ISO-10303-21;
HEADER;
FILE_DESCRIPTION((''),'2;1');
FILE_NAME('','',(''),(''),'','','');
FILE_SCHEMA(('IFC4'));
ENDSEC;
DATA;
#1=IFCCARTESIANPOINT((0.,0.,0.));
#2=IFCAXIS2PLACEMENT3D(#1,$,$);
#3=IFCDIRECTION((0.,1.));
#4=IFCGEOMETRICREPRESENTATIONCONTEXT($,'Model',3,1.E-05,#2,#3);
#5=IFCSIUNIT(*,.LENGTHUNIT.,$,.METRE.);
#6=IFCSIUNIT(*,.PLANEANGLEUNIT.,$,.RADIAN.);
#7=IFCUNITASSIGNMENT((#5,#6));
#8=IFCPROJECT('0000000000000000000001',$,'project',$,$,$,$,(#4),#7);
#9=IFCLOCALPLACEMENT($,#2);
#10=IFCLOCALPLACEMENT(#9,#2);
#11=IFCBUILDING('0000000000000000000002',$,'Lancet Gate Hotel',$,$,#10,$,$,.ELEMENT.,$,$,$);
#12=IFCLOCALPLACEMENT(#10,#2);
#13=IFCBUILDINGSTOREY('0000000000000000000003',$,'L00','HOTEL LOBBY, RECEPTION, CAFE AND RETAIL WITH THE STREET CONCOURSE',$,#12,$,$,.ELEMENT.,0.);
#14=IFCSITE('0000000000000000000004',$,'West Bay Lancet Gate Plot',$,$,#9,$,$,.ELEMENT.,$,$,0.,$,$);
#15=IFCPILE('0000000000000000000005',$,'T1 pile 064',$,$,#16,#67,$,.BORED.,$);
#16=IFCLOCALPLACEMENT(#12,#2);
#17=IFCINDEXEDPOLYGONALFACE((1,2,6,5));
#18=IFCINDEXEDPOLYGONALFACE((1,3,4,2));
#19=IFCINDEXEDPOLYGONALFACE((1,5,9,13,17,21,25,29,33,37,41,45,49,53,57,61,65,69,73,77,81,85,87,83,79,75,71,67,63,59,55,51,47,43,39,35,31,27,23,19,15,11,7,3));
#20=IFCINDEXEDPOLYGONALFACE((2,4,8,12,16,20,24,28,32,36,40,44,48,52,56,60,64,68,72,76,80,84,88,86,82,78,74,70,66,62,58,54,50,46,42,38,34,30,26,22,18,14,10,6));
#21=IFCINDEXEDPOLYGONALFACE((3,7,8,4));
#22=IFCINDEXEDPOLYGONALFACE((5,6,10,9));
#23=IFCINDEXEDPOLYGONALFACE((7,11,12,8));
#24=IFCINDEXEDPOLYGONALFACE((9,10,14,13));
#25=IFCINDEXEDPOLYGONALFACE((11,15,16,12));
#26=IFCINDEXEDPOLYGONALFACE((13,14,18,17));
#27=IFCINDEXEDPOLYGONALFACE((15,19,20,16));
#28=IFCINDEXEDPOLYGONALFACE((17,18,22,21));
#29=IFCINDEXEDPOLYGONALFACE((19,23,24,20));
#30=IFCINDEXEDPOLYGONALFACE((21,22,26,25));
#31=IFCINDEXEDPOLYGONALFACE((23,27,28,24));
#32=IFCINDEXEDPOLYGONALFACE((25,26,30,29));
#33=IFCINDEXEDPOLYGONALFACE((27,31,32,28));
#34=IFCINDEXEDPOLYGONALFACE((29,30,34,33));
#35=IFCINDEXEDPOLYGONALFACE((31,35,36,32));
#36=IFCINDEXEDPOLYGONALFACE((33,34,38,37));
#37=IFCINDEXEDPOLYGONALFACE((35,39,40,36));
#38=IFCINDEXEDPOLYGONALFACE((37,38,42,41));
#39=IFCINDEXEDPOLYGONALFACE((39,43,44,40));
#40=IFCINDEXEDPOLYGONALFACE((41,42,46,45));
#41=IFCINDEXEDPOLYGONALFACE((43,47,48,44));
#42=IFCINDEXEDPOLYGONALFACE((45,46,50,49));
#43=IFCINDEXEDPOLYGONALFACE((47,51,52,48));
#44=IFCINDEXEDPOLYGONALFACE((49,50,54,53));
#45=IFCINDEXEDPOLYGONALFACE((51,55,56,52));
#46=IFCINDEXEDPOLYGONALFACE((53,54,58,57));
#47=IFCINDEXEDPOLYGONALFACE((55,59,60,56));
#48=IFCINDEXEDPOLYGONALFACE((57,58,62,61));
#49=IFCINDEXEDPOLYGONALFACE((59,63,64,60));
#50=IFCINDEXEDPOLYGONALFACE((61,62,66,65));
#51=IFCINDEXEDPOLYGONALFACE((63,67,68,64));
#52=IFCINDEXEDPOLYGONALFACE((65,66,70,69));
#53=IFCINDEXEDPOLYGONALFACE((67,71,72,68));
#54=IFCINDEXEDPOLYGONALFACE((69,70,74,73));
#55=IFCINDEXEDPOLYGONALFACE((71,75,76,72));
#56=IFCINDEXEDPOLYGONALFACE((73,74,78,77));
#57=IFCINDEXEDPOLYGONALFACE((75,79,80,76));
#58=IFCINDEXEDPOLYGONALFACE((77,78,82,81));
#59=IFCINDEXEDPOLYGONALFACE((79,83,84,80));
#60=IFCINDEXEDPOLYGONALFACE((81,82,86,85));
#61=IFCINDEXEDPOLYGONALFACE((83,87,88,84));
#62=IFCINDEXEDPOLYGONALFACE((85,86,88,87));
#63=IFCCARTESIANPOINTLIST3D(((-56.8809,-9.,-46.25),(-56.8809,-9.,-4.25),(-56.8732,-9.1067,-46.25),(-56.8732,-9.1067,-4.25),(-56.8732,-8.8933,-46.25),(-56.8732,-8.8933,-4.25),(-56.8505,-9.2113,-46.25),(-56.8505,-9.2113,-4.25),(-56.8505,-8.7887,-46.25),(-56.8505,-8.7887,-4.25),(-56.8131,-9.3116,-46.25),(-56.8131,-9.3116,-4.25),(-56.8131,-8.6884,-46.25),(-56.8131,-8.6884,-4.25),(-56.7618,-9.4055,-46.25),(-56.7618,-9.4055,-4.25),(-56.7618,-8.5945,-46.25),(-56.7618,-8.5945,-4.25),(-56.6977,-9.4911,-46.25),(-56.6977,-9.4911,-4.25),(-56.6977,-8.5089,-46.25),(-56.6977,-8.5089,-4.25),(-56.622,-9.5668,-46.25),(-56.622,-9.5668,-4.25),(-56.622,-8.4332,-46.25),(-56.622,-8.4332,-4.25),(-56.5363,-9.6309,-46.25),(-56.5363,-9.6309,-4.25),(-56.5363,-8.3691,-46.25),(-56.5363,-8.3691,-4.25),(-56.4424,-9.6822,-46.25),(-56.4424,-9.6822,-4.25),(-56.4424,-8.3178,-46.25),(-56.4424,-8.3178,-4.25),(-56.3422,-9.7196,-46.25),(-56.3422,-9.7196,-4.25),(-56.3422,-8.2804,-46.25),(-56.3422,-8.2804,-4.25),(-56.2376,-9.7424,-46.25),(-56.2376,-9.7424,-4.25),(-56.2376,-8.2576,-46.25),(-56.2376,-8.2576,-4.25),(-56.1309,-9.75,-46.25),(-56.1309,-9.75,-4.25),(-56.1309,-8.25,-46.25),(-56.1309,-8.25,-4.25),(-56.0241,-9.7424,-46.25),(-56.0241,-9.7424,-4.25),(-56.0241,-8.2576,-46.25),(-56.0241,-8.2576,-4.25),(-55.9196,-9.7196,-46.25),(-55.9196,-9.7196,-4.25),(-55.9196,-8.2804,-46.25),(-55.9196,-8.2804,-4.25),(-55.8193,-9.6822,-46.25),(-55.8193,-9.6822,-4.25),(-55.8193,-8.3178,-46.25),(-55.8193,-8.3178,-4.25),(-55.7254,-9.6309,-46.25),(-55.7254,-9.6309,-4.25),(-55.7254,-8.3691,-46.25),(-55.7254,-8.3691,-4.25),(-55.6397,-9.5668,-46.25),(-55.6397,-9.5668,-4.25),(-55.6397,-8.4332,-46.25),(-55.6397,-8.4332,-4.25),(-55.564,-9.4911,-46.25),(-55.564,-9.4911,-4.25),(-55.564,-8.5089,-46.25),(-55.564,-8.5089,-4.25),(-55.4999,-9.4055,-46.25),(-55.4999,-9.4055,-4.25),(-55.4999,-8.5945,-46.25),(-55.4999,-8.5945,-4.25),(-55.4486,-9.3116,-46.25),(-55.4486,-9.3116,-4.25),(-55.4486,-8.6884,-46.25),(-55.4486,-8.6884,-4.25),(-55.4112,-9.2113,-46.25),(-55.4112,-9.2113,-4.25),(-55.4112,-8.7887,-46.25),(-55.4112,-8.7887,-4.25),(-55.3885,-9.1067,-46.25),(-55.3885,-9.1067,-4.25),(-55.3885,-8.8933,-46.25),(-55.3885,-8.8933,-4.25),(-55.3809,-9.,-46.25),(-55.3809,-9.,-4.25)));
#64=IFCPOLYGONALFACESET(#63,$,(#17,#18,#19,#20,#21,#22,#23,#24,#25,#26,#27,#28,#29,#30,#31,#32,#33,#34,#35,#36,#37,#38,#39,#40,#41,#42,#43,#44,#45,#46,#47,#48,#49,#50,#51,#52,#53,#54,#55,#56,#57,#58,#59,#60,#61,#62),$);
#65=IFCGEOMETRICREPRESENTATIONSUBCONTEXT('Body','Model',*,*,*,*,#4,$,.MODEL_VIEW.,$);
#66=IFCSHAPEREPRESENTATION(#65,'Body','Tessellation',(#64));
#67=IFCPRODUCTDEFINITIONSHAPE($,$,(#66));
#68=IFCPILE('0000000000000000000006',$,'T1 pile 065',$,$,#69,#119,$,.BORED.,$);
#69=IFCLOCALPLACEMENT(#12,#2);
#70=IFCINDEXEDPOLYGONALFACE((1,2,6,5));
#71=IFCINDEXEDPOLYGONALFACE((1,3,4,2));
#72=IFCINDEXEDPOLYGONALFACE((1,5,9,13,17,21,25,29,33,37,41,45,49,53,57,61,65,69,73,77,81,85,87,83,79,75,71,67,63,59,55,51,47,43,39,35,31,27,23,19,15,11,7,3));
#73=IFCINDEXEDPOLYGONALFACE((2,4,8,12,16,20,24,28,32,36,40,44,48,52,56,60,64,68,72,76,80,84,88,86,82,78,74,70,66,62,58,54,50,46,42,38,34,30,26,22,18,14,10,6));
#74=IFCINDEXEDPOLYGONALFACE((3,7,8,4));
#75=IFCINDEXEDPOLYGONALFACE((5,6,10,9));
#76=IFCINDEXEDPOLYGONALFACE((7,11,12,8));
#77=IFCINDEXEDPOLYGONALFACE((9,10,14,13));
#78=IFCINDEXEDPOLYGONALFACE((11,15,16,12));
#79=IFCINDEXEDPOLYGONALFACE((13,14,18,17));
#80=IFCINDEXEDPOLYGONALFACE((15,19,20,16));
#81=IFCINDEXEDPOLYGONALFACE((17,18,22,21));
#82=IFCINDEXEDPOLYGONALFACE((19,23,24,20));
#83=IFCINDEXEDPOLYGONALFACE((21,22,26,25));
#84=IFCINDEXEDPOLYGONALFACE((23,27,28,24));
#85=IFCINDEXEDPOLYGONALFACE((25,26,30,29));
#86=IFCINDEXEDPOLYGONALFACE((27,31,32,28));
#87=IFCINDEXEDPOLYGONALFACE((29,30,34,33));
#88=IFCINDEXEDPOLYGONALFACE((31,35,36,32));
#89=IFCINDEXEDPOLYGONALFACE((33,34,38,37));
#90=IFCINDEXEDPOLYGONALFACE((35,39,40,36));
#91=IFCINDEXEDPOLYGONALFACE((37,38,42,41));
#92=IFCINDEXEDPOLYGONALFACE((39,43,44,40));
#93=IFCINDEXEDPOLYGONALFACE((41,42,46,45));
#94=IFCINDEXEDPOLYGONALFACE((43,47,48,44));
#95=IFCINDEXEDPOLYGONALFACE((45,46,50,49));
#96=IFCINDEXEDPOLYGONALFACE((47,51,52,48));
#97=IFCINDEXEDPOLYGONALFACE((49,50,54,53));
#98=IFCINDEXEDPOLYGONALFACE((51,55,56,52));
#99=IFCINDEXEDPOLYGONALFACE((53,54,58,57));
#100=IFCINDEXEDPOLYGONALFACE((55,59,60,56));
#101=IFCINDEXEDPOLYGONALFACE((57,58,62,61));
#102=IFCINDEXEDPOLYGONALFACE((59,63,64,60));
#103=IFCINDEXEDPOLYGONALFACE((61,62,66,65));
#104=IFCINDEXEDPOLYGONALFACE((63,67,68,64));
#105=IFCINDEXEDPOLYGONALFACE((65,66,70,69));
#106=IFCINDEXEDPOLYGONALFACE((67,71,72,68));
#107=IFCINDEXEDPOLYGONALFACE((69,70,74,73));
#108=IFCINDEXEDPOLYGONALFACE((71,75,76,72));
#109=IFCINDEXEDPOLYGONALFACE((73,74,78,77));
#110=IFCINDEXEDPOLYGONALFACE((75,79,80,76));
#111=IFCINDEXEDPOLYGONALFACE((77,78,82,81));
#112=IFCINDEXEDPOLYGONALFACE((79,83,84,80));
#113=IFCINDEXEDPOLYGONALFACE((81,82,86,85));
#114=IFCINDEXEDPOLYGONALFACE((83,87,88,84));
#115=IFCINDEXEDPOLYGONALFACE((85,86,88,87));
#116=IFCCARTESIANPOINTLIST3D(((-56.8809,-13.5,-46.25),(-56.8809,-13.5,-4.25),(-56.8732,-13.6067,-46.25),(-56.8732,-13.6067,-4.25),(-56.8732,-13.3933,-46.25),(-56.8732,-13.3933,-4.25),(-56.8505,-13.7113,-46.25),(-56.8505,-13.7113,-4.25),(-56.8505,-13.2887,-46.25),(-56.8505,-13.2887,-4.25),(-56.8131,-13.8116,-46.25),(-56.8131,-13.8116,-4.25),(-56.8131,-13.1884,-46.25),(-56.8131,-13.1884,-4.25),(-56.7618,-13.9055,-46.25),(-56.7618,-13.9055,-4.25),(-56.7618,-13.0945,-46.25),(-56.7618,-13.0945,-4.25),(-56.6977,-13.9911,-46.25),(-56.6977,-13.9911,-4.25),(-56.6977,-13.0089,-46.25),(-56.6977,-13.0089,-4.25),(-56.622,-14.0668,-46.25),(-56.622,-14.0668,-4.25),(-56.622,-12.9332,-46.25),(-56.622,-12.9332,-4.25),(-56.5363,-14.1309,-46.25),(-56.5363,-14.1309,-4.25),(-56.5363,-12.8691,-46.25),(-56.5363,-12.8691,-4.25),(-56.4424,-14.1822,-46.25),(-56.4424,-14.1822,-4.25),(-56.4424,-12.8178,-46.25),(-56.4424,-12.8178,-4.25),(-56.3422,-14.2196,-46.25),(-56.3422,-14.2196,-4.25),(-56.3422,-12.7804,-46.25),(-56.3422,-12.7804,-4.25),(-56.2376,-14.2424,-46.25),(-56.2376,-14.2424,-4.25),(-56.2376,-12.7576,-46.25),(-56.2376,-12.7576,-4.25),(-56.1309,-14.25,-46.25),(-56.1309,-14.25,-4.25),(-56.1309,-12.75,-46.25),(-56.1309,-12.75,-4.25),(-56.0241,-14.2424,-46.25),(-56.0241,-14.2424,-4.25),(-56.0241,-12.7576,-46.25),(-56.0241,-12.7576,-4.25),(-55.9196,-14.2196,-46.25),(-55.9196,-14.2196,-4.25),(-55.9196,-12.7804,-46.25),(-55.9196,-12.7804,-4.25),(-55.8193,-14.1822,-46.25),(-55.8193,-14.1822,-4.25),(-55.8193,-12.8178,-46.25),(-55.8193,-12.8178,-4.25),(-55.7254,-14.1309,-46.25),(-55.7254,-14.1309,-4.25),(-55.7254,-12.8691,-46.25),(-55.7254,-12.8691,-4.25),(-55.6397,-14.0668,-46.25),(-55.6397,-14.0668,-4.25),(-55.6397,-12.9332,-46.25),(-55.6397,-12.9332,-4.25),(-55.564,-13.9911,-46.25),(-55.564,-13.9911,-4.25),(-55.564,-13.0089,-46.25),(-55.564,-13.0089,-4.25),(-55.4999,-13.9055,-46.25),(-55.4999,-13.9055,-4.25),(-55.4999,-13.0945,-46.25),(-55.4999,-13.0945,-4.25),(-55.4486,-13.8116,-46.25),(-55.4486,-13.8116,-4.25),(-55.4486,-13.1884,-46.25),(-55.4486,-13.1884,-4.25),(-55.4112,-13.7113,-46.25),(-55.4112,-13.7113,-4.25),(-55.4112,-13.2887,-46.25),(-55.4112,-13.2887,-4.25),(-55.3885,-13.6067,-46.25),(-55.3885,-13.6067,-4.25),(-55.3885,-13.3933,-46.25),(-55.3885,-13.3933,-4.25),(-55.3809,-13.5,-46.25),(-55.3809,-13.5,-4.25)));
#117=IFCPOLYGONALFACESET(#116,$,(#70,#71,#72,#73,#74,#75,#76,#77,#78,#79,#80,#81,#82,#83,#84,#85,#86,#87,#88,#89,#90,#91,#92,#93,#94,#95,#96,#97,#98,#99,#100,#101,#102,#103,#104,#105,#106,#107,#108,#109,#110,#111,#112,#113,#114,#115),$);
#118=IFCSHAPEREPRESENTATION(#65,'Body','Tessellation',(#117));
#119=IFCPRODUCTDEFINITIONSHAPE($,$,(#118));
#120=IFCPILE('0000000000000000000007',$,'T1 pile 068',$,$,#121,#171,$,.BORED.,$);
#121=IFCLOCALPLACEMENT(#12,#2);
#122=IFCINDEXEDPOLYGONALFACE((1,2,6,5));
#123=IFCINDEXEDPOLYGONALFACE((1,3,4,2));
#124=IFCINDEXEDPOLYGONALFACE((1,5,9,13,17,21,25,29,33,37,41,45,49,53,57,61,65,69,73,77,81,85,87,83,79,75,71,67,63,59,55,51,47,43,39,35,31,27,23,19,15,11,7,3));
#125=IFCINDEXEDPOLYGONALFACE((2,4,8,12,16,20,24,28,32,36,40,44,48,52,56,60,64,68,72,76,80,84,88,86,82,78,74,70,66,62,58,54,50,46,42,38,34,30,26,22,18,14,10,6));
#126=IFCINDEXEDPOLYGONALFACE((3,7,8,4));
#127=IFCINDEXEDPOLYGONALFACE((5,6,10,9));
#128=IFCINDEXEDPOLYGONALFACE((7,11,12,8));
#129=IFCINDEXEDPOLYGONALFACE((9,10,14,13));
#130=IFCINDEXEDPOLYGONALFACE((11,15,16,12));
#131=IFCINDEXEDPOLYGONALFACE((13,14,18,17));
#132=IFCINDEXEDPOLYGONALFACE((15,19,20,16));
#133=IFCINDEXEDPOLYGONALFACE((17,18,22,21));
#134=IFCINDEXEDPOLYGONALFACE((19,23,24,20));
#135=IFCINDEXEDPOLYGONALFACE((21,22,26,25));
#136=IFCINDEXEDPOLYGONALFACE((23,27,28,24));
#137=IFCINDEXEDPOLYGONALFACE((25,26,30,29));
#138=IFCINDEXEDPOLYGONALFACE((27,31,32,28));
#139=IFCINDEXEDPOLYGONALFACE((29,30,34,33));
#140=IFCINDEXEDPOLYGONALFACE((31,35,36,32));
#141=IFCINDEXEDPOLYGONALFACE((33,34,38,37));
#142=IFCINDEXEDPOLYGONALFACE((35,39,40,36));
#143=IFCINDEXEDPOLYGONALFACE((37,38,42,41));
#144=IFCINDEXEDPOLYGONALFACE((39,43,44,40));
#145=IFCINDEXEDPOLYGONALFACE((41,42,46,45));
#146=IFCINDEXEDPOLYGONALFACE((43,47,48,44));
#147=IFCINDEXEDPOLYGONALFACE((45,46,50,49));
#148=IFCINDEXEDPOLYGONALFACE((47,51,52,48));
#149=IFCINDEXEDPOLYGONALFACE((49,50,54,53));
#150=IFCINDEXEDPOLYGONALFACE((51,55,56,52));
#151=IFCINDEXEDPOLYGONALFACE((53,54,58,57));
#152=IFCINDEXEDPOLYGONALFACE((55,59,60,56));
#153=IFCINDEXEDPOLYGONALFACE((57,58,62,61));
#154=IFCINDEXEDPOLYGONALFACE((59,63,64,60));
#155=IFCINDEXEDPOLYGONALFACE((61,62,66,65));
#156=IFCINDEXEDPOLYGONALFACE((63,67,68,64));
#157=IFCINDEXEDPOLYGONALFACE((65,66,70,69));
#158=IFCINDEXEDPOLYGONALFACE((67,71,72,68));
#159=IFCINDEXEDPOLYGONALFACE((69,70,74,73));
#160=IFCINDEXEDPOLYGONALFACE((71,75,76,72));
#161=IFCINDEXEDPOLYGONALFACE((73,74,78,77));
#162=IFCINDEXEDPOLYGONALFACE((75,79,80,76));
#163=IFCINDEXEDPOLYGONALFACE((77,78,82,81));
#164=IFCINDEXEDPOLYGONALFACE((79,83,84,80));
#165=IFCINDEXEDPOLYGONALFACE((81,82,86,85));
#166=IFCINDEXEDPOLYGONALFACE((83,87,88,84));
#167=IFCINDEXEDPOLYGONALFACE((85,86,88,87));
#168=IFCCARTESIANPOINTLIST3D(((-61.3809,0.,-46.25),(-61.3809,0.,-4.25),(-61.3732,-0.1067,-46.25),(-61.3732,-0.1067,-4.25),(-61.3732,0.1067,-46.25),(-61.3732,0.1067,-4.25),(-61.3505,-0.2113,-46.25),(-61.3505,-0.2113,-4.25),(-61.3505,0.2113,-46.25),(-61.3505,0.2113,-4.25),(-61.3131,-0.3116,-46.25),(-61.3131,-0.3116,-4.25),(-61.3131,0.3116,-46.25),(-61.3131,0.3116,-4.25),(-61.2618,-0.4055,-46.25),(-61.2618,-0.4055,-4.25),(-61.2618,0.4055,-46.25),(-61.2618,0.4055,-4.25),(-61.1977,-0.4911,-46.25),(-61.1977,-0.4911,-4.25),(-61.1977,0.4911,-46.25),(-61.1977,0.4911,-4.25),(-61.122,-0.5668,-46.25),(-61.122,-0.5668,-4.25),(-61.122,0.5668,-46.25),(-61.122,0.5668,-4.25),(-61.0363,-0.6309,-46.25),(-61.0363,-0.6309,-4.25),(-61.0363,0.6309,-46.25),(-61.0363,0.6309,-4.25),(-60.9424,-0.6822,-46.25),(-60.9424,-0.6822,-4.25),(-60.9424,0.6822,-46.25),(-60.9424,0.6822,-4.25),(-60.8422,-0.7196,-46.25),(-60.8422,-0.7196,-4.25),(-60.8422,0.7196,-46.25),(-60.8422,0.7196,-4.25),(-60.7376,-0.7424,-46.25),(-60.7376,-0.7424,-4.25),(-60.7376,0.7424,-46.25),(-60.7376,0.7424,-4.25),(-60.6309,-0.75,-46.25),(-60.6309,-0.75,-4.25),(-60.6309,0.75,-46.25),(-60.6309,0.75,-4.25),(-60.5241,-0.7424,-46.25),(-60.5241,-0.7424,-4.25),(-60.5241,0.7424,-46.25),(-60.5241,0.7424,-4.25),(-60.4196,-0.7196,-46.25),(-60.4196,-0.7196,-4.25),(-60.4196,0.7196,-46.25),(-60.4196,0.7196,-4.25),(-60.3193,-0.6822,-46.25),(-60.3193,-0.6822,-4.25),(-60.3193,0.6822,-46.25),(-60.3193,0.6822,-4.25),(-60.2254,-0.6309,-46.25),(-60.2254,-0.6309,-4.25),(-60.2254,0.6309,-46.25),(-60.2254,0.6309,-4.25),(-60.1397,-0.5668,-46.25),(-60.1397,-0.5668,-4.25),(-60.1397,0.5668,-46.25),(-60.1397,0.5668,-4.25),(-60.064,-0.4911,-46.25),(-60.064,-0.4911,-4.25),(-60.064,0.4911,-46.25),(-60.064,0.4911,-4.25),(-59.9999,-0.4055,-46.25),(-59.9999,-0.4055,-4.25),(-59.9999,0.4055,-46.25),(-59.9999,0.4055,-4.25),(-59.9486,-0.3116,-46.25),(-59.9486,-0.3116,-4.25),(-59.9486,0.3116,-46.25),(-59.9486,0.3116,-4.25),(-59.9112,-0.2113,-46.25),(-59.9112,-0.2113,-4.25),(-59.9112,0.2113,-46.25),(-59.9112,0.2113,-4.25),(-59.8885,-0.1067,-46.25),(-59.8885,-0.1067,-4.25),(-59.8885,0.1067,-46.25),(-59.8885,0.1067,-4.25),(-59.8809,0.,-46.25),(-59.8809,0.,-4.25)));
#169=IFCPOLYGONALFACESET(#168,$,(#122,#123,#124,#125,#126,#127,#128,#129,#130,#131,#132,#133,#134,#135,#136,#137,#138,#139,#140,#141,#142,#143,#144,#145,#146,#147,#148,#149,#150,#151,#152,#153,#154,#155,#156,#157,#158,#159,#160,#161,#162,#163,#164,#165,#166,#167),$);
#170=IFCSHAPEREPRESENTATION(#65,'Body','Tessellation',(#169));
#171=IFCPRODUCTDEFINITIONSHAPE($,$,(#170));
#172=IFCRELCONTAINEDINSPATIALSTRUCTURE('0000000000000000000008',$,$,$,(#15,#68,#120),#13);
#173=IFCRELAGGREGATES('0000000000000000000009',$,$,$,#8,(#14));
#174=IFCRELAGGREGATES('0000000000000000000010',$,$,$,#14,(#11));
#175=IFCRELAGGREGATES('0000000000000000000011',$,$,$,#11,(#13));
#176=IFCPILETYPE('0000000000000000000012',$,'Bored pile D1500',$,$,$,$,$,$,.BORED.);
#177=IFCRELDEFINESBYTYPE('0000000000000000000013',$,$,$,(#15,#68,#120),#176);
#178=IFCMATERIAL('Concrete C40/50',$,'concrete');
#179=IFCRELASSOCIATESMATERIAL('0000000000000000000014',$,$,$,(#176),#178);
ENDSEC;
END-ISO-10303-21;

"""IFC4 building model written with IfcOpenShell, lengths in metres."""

from ifc_helpers import new_model, si_unit, direction, frame, origin, origin_2d, place, context, subcontext, project, spatial, circle, extrude, material, material_profile, profile_set, type_object, element, save


model = new_model("IFC4")

# Units and contexts
model_context = context("Model", 3, precision=1e-05, world=origin(), true_north=direction((0.0, 1.0)))
body_context = subcontext(model_context, "Body", "Model", "MODEL_VIEW")
ifc_project = project(units=[si_unit("LENGTHUNIT", "METRE"), si_unit("PLANEANGLEUNIT", "RADIAN")], contexts=[model_context])

# Site, building, storey
site_placement = place(None, origin())
site = spatial("IfcSite", under=ifc_project, at=site_placement, Name="West Bay Lancet Gate Plot", CompositionType="ELEMENT", RefElevation=0.0)
building_placement = place(site_placement, origin())
building = spatial("IfcBuilding", under=site, at=building_placement, Name="Lancet Gate Hotel", CompositionType="ELEMENT")
storey_placement = place(building_placement, origin())
storey = spatial("IfcBuildingStorey", under=building, at=storey_placement, Name="L00", Description="HOTEL LOBBY, RECEPTION, CAFE AND RETAIL WITH THE STREET CONCOURSE", CompositionType="ELEMENT", Elevation=0.0)

# Piles
ifc_material_1 = material(Name="Concrete C40/50", Category="concrete")
ifc_material_profile_1 = material_profile(ifc_material_1, circle(Radius=0.75, at=origin_2d()), Name="PILE D1500")
ifc_profile_set_1 = profile_set([ifc_material_profile_1], Name="Concrete C40/50")
pile_type = type_object("IfcPileType", Name="Bored pile D1500", PredefinedType="BORED", material=ifc_profile_set_1)
for number, where, z_axis, x_axis, name in (
    (1, (-56.1309, -9.0, -4.25), (0.0, 0.0, -1.0), (1.0, 0.0, 0.0), "T1 pile 064"),
    (2, (-56.1309, -13.5, -4.25), (0.0, 0.0, -1.0), (1.0, 0.0, 0.0), "T1 pile 065"),
    (3, (-60.6309, 0.0, -4.25), (0.0, 0.0, -1.0), (1.0, 0.0, 0.0), "T1 pile 068"),
):
    element("IfcPile", number, at=place(storey_placement, frame(where, z_axis=z_axis, x_axis=x_axis)), inside=storey, type_object=pile_type, Name=name, PredefinedType="BORED", context=body_context, shape_type="SweptSolid", body=[
        extrude(circle(Radius=0.75, at=origin_2d()), origin(), (0.0, 0.0, 1.0), 42.0),
    ])

save(model, "model.ifc")
